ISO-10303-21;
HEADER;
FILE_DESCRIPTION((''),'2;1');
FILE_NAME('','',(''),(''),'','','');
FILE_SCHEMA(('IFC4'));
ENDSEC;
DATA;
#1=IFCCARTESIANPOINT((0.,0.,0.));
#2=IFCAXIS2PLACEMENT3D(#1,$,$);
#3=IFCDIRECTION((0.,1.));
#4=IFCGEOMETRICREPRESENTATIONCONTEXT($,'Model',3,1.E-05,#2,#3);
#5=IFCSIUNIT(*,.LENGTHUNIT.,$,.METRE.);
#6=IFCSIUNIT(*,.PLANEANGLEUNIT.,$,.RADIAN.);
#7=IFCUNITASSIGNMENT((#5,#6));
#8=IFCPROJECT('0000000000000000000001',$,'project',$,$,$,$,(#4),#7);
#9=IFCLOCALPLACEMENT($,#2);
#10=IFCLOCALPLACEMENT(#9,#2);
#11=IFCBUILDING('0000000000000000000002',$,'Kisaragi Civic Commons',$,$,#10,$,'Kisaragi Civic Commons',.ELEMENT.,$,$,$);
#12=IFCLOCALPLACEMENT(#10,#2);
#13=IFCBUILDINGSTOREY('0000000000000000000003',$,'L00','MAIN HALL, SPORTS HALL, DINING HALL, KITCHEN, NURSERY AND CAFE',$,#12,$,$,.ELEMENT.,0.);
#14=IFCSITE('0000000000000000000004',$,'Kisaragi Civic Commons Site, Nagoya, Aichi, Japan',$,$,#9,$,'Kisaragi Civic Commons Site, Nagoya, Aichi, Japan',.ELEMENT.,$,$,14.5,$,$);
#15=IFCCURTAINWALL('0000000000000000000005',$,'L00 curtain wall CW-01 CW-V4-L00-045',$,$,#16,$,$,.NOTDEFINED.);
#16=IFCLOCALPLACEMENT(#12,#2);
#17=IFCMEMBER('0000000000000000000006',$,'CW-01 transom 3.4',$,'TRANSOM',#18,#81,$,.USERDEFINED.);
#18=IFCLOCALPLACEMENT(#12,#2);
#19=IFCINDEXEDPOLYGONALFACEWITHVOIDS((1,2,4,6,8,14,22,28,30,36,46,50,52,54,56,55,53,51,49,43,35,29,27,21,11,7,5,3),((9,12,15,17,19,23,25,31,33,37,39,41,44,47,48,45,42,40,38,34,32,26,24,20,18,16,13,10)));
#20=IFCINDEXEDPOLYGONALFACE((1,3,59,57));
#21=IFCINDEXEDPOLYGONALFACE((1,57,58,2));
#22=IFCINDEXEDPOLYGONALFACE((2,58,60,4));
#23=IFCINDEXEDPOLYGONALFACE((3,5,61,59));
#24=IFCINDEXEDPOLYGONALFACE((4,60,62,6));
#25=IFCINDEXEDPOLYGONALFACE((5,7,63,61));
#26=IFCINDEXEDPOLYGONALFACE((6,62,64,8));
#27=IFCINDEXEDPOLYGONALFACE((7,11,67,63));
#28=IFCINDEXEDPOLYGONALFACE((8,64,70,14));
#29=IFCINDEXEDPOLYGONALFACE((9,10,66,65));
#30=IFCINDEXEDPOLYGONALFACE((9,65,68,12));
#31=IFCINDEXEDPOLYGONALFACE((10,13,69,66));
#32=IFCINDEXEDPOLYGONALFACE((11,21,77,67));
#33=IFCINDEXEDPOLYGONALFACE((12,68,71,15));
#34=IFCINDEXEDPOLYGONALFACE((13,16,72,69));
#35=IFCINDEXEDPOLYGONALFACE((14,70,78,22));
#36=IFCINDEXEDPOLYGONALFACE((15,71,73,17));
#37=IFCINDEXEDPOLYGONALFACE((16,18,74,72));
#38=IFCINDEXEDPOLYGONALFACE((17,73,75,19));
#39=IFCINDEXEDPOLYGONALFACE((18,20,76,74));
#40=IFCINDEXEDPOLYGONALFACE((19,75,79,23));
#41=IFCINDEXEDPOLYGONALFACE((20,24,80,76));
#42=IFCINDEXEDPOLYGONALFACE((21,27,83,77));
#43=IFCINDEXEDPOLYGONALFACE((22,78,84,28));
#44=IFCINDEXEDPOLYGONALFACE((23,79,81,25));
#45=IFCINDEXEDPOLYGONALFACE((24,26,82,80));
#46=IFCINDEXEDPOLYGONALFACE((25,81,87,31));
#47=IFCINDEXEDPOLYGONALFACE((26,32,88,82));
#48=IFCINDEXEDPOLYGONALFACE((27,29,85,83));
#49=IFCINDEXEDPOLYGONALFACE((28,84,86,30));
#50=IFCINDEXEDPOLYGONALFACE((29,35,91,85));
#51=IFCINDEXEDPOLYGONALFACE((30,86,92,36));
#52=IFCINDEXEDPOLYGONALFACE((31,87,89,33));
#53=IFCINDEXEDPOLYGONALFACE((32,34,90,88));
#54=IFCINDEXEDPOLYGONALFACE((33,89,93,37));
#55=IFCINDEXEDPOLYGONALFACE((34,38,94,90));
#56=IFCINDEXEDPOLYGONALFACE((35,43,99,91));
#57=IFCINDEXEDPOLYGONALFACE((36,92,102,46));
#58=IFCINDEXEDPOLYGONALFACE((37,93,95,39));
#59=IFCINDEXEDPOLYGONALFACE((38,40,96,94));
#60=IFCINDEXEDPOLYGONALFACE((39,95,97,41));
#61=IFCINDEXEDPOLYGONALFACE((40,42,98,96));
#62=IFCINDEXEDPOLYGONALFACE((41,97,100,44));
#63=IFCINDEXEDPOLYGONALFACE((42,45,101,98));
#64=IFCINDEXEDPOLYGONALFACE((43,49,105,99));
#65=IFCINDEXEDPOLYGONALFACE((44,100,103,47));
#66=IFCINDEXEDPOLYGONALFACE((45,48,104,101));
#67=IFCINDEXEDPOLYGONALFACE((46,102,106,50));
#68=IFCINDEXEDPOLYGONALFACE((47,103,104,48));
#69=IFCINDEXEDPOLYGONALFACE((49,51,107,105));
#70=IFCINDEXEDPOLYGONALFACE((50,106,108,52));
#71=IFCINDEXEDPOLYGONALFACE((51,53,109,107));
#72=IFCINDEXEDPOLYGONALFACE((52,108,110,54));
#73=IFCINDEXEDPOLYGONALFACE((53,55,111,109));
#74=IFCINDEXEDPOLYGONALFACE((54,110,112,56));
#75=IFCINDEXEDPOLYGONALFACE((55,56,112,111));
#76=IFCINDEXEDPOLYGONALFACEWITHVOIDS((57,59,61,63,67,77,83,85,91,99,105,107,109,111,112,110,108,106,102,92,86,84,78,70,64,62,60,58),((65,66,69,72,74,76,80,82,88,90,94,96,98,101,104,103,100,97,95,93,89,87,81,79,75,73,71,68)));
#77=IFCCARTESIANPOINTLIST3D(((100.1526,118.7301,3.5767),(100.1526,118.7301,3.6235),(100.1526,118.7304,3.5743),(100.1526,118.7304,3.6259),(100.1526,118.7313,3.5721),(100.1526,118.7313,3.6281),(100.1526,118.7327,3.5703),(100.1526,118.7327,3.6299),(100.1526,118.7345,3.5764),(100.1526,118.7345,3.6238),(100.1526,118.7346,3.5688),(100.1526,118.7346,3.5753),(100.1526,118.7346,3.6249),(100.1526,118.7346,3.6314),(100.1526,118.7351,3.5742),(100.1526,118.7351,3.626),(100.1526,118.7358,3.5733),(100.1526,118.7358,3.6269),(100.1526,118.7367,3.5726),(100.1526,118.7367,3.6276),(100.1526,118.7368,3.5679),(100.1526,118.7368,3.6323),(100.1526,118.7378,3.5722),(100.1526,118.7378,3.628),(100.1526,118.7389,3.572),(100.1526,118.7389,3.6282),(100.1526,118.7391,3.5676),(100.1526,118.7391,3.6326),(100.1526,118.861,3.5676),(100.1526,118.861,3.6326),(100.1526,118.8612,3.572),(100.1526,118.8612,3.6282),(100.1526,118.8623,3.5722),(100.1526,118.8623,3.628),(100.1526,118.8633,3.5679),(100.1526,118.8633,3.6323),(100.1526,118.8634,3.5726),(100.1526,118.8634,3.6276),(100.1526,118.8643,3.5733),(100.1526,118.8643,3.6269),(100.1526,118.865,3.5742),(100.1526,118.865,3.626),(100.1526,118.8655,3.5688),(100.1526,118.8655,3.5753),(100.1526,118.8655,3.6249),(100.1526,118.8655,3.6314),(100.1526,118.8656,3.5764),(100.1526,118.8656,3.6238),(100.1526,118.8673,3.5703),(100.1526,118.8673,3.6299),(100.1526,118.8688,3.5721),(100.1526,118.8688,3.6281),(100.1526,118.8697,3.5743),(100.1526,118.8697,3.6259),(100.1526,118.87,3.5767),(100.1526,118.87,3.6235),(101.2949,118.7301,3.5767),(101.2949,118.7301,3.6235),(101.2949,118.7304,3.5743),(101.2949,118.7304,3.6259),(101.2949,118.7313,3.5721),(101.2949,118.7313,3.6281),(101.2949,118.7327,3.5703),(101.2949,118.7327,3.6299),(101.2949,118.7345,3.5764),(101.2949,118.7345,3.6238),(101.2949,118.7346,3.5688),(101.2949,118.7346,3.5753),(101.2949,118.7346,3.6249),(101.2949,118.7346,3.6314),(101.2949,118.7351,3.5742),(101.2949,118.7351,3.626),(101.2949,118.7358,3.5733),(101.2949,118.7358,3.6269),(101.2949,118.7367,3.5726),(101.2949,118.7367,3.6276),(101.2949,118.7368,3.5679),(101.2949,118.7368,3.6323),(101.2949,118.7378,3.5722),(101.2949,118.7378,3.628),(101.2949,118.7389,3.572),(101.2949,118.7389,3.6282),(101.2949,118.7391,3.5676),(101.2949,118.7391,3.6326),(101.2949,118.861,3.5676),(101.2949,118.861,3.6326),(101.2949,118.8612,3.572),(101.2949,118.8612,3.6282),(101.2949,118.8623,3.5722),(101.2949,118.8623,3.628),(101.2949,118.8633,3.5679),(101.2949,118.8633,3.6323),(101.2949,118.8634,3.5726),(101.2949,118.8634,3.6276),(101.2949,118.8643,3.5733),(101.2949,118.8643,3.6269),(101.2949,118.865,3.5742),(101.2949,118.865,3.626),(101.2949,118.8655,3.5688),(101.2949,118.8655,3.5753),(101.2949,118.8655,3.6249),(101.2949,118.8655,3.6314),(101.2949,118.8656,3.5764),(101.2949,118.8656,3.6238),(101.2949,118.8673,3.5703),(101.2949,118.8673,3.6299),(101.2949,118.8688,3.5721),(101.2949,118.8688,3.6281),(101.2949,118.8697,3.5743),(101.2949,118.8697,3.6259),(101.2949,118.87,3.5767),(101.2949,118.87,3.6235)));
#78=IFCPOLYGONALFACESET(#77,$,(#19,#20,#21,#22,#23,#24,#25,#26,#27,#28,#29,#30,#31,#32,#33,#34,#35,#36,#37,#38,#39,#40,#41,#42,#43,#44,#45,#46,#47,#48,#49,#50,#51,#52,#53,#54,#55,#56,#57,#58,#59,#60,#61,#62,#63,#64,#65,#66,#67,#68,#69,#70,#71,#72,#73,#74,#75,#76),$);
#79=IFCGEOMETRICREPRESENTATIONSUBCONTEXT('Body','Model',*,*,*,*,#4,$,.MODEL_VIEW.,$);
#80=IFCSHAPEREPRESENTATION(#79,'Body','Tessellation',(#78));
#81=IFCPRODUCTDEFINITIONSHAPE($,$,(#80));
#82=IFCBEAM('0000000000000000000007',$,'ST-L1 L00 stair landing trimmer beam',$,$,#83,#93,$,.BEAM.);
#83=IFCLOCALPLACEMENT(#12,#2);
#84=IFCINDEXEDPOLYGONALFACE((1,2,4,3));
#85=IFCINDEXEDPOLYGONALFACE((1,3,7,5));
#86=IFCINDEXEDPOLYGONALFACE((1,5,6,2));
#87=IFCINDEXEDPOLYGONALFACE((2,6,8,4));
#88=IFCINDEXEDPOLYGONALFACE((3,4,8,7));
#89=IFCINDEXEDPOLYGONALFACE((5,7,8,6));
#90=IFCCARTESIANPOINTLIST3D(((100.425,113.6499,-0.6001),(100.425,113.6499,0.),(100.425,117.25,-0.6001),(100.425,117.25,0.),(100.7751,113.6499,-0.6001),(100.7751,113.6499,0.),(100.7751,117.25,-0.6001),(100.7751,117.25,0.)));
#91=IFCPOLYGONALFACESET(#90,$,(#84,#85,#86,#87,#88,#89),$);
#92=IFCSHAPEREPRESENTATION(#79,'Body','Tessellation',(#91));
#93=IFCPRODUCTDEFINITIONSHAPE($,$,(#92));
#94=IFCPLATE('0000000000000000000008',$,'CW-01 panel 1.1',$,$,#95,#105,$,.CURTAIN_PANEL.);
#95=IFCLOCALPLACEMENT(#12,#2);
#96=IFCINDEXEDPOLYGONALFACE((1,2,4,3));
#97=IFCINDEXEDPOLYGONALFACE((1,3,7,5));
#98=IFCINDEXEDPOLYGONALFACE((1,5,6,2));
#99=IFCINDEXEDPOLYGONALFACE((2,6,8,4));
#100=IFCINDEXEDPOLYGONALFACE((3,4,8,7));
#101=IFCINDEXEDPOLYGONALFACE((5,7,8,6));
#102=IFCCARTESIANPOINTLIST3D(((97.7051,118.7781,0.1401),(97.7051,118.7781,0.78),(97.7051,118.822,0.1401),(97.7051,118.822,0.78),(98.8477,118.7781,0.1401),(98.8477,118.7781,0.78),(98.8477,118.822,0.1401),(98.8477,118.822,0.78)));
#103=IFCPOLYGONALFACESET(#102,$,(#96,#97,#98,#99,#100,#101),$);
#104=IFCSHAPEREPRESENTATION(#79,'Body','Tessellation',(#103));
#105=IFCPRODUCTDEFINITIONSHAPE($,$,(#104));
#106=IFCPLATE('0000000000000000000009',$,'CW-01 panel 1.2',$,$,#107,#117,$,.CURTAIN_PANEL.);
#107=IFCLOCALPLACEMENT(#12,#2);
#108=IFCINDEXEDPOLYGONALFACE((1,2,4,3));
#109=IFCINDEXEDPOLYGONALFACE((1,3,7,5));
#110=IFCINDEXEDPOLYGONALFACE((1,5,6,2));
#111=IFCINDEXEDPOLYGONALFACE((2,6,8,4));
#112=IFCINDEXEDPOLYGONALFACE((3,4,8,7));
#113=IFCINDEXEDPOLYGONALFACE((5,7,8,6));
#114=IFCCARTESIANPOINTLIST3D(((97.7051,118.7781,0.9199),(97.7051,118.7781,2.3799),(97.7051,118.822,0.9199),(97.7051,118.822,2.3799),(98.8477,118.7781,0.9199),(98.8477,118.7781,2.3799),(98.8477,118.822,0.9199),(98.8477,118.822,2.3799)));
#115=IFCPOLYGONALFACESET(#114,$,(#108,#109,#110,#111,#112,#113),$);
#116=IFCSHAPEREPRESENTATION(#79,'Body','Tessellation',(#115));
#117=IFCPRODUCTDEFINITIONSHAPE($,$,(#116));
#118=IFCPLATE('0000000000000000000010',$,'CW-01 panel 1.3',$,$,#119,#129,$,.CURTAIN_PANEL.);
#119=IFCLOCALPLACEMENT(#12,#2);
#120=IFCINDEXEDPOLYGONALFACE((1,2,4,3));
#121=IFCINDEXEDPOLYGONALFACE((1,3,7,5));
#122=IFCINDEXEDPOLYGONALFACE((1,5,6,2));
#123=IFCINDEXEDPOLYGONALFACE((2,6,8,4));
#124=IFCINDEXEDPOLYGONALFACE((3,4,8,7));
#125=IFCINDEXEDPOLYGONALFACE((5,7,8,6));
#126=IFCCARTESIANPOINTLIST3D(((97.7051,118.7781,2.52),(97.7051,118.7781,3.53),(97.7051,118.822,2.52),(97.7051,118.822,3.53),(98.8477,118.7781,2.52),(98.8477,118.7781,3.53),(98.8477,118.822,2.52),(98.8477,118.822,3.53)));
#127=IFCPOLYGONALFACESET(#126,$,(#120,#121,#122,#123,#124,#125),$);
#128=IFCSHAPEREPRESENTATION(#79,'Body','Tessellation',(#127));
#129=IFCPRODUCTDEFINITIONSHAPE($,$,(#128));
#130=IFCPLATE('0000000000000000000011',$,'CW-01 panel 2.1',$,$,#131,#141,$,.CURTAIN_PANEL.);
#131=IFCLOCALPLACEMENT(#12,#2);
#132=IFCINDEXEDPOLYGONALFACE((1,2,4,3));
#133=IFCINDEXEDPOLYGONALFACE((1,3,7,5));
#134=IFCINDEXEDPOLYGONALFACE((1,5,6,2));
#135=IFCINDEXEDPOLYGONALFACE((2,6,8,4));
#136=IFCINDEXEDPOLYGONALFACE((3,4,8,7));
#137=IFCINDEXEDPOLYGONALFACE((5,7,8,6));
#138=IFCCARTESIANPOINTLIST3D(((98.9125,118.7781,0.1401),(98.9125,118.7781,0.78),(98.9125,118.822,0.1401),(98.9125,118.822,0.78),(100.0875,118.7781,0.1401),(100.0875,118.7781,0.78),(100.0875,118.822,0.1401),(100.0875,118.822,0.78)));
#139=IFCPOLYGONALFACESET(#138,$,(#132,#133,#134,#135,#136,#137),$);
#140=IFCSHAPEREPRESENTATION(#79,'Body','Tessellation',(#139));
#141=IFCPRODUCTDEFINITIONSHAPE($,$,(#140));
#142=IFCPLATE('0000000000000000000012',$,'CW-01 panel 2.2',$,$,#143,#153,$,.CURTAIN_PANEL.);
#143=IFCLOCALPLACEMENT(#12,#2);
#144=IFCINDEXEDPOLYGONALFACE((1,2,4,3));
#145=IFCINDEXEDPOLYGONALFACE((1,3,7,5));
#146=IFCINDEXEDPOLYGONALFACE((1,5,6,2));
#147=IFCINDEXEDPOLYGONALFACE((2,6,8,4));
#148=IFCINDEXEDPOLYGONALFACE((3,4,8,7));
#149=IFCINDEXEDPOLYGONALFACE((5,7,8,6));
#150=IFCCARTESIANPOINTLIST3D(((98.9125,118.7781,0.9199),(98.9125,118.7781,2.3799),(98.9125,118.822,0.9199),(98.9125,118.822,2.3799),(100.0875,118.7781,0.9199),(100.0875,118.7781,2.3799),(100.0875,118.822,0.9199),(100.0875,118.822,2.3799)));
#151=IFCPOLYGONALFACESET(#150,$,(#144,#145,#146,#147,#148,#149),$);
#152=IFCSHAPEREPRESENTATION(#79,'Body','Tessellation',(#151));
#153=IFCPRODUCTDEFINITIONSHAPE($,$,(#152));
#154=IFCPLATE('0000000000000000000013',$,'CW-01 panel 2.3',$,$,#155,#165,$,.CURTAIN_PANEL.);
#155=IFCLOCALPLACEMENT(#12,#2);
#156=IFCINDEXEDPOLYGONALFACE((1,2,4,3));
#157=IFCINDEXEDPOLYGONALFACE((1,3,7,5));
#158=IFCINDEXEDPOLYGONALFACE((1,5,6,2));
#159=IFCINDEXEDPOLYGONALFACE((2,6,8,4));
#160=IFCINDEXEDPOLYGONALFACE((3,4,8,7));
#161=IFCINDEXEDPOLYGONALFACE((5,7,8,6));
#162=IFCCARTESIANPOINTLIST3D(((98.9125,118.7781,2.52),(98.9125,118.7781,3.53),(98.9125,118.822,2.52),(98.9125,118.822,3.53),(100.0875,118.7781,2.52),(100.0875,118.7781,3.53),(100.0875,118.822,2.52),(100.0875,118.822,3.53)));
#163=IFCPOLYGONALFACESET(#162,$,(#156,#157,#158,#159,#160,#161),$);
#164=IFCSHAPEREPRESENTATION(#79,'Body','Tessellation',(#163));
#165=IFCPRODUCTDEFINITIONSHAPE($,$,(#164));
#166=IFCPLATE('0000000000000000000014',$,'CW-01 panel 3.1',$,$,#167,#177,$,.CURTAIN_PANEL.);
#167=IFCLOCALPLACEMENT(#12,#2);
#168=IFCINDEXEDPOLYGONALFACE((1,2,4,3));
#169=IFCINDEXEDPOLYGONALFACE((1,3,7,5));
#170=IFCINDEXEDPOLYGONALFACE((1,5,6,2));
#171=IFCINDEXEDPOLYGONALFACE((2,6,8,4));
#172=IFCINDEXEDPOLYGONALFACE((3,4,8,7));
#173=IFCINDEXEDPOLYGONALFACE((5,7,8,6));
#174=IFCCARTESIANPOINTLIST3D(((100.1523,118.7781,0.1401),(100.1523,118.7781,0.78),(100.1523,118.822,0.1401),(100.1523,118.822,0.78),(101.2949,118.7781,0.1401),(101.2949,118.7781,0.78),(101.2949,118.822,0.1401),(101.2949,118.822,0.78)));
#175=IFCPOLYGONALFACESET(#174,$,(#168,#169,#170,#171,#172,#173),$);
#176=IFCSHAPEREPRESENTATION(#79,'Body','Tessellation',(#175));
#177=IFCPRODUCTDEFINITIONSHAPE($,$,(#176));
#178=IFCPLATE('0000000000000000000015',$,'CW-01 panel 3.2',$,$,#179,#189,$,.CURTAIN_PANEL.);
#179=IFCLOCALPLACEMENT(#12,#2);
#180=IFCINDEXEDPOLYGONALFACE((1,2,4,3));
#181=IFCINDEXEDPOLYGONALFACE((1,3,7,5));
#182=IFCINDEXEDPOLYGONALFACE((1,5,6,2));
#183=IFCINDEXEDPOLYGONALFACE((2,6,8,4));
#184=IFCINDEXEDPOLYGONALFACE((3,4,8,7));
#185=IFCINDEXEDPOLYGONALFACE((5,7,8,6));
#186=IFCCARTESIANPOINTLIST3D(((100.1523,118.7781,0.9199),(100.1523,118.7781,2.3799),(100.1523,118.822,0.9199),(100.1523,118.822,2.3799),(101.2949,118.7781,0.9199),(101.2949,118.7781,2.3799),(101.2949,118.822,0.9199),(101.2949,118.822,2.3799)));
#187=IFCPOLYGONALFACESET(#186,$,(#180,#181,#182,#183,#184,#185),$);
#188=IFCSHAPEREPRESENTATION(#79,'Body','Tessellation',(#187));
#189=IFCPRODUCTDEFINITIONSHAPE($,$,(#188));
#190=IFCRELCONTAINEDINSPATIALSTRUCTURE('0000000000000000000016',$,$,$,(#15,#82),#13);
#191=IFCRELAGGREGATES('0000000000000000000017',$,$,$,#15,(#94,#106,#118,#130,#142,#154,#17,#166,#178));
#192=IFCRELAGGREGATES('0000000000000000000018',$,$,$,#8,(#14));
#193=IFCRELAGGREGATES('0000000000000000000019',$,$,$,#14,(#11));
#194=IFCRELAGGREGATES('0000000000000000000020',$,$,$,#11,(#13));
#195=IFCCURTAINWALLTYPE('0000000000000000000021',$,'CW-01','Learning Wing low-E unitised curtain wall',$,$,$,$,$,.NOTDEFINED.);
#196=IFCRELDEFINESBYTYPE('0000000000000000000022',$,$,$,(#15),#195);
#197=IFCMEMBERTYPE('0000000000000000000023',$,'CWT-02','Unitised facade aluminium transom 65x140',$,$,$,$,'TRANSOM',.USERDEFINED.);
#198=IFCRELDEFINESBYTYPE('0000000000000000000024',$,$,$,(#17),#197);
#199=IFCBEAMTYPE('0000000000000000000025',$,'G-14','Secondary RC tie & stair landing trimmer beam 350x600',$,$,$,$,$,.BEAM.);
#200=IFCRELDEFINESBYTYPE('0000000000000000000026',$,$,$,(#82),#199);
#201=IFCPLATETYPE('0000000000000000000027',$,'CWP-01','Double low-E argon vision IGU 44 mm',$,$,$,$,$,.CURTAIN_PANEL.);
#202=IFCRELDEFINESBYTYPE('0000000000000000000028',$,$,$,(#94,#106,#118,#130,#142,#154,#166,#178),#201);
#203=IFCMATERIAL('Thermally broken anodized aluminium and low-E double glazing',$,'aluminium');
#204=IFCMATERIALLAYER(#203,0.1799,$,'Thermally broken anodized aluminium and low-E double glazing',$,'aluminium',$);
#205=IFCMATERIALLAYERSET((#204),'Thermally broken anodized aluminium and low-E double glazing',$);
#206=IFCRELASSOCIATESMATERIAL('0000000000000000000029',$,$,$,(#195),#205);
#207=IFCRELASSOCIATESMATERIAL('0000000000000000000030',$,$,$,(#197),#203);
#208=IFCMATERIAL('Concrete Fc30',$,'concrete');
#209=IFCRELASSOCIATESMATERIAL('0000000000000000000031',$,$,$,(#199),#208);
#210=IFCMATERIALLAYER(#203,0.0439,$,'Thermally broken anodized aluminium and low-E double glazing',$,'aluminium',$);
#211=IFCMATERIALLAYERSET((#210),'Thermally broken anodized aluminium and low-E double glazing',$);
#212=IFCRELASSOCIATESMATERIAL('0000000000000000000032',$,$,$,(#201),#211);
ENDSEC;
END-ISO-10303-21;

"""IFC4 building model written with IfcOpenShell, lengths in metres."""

from ifc_helpers import new_model, si_unit, direction, frame, origin, origin_2d, place, context, subcontext, project, spatial, rectangle, hollow_rectangle, extrude, material, layer, layer_set, material_profile, profile_set, type_object, element, aggregate, save


model = new_model("IFC4")

# Units and contexts
model_context = context("Model", 3, precision=1e-05, world=origin(), true_north=direction((0.0, 1.0)))
body_context = subcontext(model_context, "Body", "Model", "MODEL_VIEW")
ifc_project = project(units=[si_unit("LENGTHUNIT", "METRE"), si_unit("PLANEANGLEUNIT", "RADIAN")], contexts=[model_context])

# Site, building, storey
site_placement = place(None, origin())
site = spatial("IfcSite", under=ifc_project, at=site_placement, Name="Kisaragi Civic Commons Site, Nagoya, Aichi, Japan", LongName="Kisaragi Civic Commons Site, Nagoya, Aichi, Japan", CompositionType="ELEMENT", RefElevation=14.5)
building_placement = place(site_placement, origin())
building = spatial("IfcBuilding", under=site, at=building_placement, Name="Kisaragi Civic Commons", LongName="Kisaragi Civic Commons", CompositionType="ELEMENT")
storey_placement = place(building_placement, origin())
storey = spatial("IfcBuildingStorey", under=building, at=storey_placement, Name="L00", Description="MAIN HALL, SPORTS HALL, DINING HALL, KITCHEN, NURSERY AND CAFE", CompositionType="ELEMENT", Elevation=0.0)

# Curtain wall, member
ifc_material_1 = material(Name="Thermally broken anodized aluminium and low-E double glazing", Category="aluminium")
ifc_layer_1 = layer(ifc_material_1, 0.1799, Name="Thermally broken anodized aluminium and low-E double glazing", Category="aluminium")
ifc_layer_set_1 = layer_set([ifc_layer_1], Name="Thermally broken anodized aluminium and low-E double glazing")
curtain_wall_type = type_object("IfcCurtainWallType", Name="CW-01", Description="Learning Wing low-E unitised curtain wall", PredefinedType="NOTDEFINED", material=ifc_layer_set_1)
curtain_wall_placement = place(storey_placement, origin())
curtain_wall = element("IfcCurtainWall", 1, at=curtain_wall_placement, inside=storey, type_object=curtain_wall_type, Name="L00 curtain wall CW-01 CW-V4-L00-045", PredefinedType="NOTDEFINED")
ifc_material_profile_1 = material_profile(ifc_material_1, hollow_rectangle(XDim=0.1399, YDim=0.0649, WallThickness=0.0044, InnerFilletRadius=0.0044, OuterFilletRadius=0.009, at=origin_2d()), Name="CWT-65x140x4.5", Category="aluminium")
ifc_profile_set_1 = profile_set([ifc_material_profile_1], Name="Thermally broken anodized aluminium and low-E double glazing")
member_type_1 = type_object("IfcMemberType", Name="CWT-02", Description="Unitised facade aluminium transom 65x140", ElementType="TRANSOM", PredefinedType="USERDEFINED", material=ifc_profile_set_1)
member_1_placement = place(storey_placement, frame((100.1526, 118.8, 3.6001), z_axis=(1.0, 0.0, 0.0), x_axis=(0.0, 1.0, 0.0)))
member_1 = element("IfcMember", 2, at=member_1_placement, type_object=member_type_1, Name="CW-01 transom 3.4", ObjectType="TRANSOM", PredefinedType="USERDEFINED", context=body_context, shape_type="SweptSolid", body=[
    extrude(hollow_rectangle(XDim=0.1399, YDim=0.0649, WallThickness=0.0044, InnerFilletRadius=0.0044, OuterFilletRadius=0.009, at=origin_2d()), origin(), (0.0, 0.0, 1.0), 1.1423),
])

# Beam
ifc_material_2 = material(Name="Concrete Fc30", Category="concrete")
ifc_material_profile_2 = material_profile(ifc_material_2, rectangle(XDim=0.3501, YDim=0.6001, at=origin_2d()), Name="RC-350x600", Category="concrete")
ifc_profile_set_2 = profile_set([ifc_material_profile_2], Name="Concrete Fc30")
beam_type = type_object("IfcBeamType", Name="G-14", Description="Secondary RC tie & stair landing trimmer beam 350x600", PredefinedType="BEAM", material=ifc_profile_set_2)
beam_placement = place(storey_placement, frame((100.6001, 113.6499, -0.3), z_axis=(0.0, 1.0, 0.0), x_axis=(-1.0, 0.0, 0.0)))
element("IfcBeam", 3, at=beam_placement, inside=storey, type_object=beam_type, Name="ST-L1 L00 stair landing trimmer beam", PredefinedType="BEAM", context=body_context, shape_type="SweptSolid", body=[
    extrude(rectangle(XDim=0.3501, YDim=0.6001, at=origin_2d()), origin(), (0.0, 0.0, 1.0), 3.6001),
])

# Plates
ifc_layer_2 = layer(ifc_material_1, 0.0439, Name="Thermally broken anodized aluminium and low-E double glazing", Category="aluminium")
ifc_layer_set_2 = layer_set([ifc_layer_2], Name="Thermally broken anodized aluminium and low-E double glazing")
plate_type = type_object("IfcPlateType", Name="CWP-01", Description="Double low-E argon vision IGU 44 mm", PredefinedType="CURTAIN_PANEL", material=ifc_layer_set_2)
plate_1_placement = place(storey_placement, frame((98.2764, 118.8, 0.1401), z_axis=(0.0, 0.0, 1.0), x_axis=(1.0, 0.0, 0.0)))
plate_1 = element("IfcPlate", 4, at=plate_1_placement, type_object=plate_type, Name="CW-01 panel 1.1", PredefinedType="CURTAIN_PANEL", context=body_context, shape_type="SweptSolid", body=[
    extrude(rectangle(XDim=1.1426, YDim=0.0439, at=origin_2d()), origin(), (0.0, 0.0, 1.0), 0.6399),
])
plate_2_placement = place(storey_placement, frame((98.2764, 118.8, 0.9199), z_axis=(0.0, 0.0, 1.0), x_axis=(1.0, 0.0, 0.0)))
plate_2 = element("IfcPlate", 5, at=plate_2_placement, type_object=plate_type, Name="CW-01 panel 1.2", PredefinedType="CURTAIN_PANEL", context=body_context, shape_type="SweptSolid", body=[
    extrude(rectangle(XDim=1.1426, YDim=0.0439, at=origin_2d()), origin(), (0.0, 0.0, 1.0), 1.46),
])
plate_3_placement = place(storey_placement, frame((98.2764, 118.8, 2.52), z_axis=(0.0, 0.0, 1.0), x_axis=(1.0, 0.0, 0.0)))
plate_3 = element("IfcPlate", 6, at=plate_3_placement, type_object=plate_type, Name="CW-01 panel 1.3", PredefinedType="CURTAIN_PANEL", context=body_context, shape_type="SweptSolid", body=[
    extrude(rectangle(XDim=1.1426, YDim=0.0439, at=origin_2d()), origin(), (0.0, 0.0, 1.0), 1.01),
])
plate_4_placement = place(storey_placement, frame((99.5, 118.8, 0.1401), z_axis=(0.0, 0.0, 1.0), x_axis=(1.0, 0.0, 0.0)))
plate_4 = element("IfcPlate", 7, at=plate_4_placement, type_object=plate_type, Name="CW-01 panel 2.1", PredefinedType="CURTAIN_PANEL", context=body_context, shape_type="SweptSolid", body=[
    extrude(rectangle(XDim=1.175, YDim=0.0439, at=origin_2d()), origin(), (0.0, 0.0, 1.0), 0.6399),
])
plate_5_placement = place(storey_placement, frame((99.5, 118.8, 0.9199), z_axis=(0.0, 0.0, 1.0), x_axis=(1.0, 0.0, 0.0)))
plate_5 = element("IfcPlate", 8, at=plate_5_placement, type_object=plate_type, Name="CW-01 panel 2.2", PredefinedType="CURTAIN_PANEL", context=body_context, shape_type="SweptSolid", body=[
    extrude(rectangle(XDim=1.175, YDim=0.0439, at=origin_2d()), origin(), (0.0, 0.0, 1.0), 1.46),
])
plate_6_placement = place(storey_placement, frame((99.5, 118.8, 2.52), z_axis=(0.0, 0.0, 1.0), x_axis=(1.0, 0.0, 0.0)))
plate_6 = element("IfcPlate", 9, at=plate_6_placement, type_object=plate_type, Name="CW-01 panel 2.3", PredefinedType="CURTAIN_PANEL", context=body_context, shape_type="SweptSolid", body=[
    extrude(rectangle(XDim=1.175, YDim=0.0439, at=origin_2d()), origin(), (0.0, 0.0, 1.0), 1.01),
])
plate_7_placement = place(storey_placement, frame((100.7236, 118.8, 0.1401), z_axis=(0.0, 0.0, 1.0), x_axis=(1.0, 0.0, 0.0)))
plate_7 = element("IfcPlate", 10, at=plate_7_placement, type_object=plate_type, Name="CW-01 panel 3.1", PredefinedType="CURTAIN_PANEL", context=body_context, shape_type="SweptSolid", body=[
    extrude(rectangle(XDim=1.1426, YDim=0.0439, at=origin_2d()), origin(), (0.0, 0.0, 1.0), 0.6399),
])
plate_8_placement = place(storey_placement, frame((100.7236, 118.8, 0.9199), z_axis=(0.0, 0.0, 1.0), x_axis=(1.0, 0.0, 0.0)))
plate_8 = element("IfcPlate", 11, at=plate_8_placement, type_object=plate_type, Name="CW-01 panel 3.2", PredefinedType="CURTAIN_PANEL", context=body_context, shape_type="SweptSolid", body=[
    extrude(rectangle(XDim=1.1426, YDim=0.0439, at=origin_2d()), origin(), (0.0, 0.0, 1.0), 1.46),
])
aggregate(curtain_wall, [plate_1, plate_2, plate_3, plate_4, plate_5, plate_6, member_1, plate_7, plate_8])

save(model, "model.ifc")
